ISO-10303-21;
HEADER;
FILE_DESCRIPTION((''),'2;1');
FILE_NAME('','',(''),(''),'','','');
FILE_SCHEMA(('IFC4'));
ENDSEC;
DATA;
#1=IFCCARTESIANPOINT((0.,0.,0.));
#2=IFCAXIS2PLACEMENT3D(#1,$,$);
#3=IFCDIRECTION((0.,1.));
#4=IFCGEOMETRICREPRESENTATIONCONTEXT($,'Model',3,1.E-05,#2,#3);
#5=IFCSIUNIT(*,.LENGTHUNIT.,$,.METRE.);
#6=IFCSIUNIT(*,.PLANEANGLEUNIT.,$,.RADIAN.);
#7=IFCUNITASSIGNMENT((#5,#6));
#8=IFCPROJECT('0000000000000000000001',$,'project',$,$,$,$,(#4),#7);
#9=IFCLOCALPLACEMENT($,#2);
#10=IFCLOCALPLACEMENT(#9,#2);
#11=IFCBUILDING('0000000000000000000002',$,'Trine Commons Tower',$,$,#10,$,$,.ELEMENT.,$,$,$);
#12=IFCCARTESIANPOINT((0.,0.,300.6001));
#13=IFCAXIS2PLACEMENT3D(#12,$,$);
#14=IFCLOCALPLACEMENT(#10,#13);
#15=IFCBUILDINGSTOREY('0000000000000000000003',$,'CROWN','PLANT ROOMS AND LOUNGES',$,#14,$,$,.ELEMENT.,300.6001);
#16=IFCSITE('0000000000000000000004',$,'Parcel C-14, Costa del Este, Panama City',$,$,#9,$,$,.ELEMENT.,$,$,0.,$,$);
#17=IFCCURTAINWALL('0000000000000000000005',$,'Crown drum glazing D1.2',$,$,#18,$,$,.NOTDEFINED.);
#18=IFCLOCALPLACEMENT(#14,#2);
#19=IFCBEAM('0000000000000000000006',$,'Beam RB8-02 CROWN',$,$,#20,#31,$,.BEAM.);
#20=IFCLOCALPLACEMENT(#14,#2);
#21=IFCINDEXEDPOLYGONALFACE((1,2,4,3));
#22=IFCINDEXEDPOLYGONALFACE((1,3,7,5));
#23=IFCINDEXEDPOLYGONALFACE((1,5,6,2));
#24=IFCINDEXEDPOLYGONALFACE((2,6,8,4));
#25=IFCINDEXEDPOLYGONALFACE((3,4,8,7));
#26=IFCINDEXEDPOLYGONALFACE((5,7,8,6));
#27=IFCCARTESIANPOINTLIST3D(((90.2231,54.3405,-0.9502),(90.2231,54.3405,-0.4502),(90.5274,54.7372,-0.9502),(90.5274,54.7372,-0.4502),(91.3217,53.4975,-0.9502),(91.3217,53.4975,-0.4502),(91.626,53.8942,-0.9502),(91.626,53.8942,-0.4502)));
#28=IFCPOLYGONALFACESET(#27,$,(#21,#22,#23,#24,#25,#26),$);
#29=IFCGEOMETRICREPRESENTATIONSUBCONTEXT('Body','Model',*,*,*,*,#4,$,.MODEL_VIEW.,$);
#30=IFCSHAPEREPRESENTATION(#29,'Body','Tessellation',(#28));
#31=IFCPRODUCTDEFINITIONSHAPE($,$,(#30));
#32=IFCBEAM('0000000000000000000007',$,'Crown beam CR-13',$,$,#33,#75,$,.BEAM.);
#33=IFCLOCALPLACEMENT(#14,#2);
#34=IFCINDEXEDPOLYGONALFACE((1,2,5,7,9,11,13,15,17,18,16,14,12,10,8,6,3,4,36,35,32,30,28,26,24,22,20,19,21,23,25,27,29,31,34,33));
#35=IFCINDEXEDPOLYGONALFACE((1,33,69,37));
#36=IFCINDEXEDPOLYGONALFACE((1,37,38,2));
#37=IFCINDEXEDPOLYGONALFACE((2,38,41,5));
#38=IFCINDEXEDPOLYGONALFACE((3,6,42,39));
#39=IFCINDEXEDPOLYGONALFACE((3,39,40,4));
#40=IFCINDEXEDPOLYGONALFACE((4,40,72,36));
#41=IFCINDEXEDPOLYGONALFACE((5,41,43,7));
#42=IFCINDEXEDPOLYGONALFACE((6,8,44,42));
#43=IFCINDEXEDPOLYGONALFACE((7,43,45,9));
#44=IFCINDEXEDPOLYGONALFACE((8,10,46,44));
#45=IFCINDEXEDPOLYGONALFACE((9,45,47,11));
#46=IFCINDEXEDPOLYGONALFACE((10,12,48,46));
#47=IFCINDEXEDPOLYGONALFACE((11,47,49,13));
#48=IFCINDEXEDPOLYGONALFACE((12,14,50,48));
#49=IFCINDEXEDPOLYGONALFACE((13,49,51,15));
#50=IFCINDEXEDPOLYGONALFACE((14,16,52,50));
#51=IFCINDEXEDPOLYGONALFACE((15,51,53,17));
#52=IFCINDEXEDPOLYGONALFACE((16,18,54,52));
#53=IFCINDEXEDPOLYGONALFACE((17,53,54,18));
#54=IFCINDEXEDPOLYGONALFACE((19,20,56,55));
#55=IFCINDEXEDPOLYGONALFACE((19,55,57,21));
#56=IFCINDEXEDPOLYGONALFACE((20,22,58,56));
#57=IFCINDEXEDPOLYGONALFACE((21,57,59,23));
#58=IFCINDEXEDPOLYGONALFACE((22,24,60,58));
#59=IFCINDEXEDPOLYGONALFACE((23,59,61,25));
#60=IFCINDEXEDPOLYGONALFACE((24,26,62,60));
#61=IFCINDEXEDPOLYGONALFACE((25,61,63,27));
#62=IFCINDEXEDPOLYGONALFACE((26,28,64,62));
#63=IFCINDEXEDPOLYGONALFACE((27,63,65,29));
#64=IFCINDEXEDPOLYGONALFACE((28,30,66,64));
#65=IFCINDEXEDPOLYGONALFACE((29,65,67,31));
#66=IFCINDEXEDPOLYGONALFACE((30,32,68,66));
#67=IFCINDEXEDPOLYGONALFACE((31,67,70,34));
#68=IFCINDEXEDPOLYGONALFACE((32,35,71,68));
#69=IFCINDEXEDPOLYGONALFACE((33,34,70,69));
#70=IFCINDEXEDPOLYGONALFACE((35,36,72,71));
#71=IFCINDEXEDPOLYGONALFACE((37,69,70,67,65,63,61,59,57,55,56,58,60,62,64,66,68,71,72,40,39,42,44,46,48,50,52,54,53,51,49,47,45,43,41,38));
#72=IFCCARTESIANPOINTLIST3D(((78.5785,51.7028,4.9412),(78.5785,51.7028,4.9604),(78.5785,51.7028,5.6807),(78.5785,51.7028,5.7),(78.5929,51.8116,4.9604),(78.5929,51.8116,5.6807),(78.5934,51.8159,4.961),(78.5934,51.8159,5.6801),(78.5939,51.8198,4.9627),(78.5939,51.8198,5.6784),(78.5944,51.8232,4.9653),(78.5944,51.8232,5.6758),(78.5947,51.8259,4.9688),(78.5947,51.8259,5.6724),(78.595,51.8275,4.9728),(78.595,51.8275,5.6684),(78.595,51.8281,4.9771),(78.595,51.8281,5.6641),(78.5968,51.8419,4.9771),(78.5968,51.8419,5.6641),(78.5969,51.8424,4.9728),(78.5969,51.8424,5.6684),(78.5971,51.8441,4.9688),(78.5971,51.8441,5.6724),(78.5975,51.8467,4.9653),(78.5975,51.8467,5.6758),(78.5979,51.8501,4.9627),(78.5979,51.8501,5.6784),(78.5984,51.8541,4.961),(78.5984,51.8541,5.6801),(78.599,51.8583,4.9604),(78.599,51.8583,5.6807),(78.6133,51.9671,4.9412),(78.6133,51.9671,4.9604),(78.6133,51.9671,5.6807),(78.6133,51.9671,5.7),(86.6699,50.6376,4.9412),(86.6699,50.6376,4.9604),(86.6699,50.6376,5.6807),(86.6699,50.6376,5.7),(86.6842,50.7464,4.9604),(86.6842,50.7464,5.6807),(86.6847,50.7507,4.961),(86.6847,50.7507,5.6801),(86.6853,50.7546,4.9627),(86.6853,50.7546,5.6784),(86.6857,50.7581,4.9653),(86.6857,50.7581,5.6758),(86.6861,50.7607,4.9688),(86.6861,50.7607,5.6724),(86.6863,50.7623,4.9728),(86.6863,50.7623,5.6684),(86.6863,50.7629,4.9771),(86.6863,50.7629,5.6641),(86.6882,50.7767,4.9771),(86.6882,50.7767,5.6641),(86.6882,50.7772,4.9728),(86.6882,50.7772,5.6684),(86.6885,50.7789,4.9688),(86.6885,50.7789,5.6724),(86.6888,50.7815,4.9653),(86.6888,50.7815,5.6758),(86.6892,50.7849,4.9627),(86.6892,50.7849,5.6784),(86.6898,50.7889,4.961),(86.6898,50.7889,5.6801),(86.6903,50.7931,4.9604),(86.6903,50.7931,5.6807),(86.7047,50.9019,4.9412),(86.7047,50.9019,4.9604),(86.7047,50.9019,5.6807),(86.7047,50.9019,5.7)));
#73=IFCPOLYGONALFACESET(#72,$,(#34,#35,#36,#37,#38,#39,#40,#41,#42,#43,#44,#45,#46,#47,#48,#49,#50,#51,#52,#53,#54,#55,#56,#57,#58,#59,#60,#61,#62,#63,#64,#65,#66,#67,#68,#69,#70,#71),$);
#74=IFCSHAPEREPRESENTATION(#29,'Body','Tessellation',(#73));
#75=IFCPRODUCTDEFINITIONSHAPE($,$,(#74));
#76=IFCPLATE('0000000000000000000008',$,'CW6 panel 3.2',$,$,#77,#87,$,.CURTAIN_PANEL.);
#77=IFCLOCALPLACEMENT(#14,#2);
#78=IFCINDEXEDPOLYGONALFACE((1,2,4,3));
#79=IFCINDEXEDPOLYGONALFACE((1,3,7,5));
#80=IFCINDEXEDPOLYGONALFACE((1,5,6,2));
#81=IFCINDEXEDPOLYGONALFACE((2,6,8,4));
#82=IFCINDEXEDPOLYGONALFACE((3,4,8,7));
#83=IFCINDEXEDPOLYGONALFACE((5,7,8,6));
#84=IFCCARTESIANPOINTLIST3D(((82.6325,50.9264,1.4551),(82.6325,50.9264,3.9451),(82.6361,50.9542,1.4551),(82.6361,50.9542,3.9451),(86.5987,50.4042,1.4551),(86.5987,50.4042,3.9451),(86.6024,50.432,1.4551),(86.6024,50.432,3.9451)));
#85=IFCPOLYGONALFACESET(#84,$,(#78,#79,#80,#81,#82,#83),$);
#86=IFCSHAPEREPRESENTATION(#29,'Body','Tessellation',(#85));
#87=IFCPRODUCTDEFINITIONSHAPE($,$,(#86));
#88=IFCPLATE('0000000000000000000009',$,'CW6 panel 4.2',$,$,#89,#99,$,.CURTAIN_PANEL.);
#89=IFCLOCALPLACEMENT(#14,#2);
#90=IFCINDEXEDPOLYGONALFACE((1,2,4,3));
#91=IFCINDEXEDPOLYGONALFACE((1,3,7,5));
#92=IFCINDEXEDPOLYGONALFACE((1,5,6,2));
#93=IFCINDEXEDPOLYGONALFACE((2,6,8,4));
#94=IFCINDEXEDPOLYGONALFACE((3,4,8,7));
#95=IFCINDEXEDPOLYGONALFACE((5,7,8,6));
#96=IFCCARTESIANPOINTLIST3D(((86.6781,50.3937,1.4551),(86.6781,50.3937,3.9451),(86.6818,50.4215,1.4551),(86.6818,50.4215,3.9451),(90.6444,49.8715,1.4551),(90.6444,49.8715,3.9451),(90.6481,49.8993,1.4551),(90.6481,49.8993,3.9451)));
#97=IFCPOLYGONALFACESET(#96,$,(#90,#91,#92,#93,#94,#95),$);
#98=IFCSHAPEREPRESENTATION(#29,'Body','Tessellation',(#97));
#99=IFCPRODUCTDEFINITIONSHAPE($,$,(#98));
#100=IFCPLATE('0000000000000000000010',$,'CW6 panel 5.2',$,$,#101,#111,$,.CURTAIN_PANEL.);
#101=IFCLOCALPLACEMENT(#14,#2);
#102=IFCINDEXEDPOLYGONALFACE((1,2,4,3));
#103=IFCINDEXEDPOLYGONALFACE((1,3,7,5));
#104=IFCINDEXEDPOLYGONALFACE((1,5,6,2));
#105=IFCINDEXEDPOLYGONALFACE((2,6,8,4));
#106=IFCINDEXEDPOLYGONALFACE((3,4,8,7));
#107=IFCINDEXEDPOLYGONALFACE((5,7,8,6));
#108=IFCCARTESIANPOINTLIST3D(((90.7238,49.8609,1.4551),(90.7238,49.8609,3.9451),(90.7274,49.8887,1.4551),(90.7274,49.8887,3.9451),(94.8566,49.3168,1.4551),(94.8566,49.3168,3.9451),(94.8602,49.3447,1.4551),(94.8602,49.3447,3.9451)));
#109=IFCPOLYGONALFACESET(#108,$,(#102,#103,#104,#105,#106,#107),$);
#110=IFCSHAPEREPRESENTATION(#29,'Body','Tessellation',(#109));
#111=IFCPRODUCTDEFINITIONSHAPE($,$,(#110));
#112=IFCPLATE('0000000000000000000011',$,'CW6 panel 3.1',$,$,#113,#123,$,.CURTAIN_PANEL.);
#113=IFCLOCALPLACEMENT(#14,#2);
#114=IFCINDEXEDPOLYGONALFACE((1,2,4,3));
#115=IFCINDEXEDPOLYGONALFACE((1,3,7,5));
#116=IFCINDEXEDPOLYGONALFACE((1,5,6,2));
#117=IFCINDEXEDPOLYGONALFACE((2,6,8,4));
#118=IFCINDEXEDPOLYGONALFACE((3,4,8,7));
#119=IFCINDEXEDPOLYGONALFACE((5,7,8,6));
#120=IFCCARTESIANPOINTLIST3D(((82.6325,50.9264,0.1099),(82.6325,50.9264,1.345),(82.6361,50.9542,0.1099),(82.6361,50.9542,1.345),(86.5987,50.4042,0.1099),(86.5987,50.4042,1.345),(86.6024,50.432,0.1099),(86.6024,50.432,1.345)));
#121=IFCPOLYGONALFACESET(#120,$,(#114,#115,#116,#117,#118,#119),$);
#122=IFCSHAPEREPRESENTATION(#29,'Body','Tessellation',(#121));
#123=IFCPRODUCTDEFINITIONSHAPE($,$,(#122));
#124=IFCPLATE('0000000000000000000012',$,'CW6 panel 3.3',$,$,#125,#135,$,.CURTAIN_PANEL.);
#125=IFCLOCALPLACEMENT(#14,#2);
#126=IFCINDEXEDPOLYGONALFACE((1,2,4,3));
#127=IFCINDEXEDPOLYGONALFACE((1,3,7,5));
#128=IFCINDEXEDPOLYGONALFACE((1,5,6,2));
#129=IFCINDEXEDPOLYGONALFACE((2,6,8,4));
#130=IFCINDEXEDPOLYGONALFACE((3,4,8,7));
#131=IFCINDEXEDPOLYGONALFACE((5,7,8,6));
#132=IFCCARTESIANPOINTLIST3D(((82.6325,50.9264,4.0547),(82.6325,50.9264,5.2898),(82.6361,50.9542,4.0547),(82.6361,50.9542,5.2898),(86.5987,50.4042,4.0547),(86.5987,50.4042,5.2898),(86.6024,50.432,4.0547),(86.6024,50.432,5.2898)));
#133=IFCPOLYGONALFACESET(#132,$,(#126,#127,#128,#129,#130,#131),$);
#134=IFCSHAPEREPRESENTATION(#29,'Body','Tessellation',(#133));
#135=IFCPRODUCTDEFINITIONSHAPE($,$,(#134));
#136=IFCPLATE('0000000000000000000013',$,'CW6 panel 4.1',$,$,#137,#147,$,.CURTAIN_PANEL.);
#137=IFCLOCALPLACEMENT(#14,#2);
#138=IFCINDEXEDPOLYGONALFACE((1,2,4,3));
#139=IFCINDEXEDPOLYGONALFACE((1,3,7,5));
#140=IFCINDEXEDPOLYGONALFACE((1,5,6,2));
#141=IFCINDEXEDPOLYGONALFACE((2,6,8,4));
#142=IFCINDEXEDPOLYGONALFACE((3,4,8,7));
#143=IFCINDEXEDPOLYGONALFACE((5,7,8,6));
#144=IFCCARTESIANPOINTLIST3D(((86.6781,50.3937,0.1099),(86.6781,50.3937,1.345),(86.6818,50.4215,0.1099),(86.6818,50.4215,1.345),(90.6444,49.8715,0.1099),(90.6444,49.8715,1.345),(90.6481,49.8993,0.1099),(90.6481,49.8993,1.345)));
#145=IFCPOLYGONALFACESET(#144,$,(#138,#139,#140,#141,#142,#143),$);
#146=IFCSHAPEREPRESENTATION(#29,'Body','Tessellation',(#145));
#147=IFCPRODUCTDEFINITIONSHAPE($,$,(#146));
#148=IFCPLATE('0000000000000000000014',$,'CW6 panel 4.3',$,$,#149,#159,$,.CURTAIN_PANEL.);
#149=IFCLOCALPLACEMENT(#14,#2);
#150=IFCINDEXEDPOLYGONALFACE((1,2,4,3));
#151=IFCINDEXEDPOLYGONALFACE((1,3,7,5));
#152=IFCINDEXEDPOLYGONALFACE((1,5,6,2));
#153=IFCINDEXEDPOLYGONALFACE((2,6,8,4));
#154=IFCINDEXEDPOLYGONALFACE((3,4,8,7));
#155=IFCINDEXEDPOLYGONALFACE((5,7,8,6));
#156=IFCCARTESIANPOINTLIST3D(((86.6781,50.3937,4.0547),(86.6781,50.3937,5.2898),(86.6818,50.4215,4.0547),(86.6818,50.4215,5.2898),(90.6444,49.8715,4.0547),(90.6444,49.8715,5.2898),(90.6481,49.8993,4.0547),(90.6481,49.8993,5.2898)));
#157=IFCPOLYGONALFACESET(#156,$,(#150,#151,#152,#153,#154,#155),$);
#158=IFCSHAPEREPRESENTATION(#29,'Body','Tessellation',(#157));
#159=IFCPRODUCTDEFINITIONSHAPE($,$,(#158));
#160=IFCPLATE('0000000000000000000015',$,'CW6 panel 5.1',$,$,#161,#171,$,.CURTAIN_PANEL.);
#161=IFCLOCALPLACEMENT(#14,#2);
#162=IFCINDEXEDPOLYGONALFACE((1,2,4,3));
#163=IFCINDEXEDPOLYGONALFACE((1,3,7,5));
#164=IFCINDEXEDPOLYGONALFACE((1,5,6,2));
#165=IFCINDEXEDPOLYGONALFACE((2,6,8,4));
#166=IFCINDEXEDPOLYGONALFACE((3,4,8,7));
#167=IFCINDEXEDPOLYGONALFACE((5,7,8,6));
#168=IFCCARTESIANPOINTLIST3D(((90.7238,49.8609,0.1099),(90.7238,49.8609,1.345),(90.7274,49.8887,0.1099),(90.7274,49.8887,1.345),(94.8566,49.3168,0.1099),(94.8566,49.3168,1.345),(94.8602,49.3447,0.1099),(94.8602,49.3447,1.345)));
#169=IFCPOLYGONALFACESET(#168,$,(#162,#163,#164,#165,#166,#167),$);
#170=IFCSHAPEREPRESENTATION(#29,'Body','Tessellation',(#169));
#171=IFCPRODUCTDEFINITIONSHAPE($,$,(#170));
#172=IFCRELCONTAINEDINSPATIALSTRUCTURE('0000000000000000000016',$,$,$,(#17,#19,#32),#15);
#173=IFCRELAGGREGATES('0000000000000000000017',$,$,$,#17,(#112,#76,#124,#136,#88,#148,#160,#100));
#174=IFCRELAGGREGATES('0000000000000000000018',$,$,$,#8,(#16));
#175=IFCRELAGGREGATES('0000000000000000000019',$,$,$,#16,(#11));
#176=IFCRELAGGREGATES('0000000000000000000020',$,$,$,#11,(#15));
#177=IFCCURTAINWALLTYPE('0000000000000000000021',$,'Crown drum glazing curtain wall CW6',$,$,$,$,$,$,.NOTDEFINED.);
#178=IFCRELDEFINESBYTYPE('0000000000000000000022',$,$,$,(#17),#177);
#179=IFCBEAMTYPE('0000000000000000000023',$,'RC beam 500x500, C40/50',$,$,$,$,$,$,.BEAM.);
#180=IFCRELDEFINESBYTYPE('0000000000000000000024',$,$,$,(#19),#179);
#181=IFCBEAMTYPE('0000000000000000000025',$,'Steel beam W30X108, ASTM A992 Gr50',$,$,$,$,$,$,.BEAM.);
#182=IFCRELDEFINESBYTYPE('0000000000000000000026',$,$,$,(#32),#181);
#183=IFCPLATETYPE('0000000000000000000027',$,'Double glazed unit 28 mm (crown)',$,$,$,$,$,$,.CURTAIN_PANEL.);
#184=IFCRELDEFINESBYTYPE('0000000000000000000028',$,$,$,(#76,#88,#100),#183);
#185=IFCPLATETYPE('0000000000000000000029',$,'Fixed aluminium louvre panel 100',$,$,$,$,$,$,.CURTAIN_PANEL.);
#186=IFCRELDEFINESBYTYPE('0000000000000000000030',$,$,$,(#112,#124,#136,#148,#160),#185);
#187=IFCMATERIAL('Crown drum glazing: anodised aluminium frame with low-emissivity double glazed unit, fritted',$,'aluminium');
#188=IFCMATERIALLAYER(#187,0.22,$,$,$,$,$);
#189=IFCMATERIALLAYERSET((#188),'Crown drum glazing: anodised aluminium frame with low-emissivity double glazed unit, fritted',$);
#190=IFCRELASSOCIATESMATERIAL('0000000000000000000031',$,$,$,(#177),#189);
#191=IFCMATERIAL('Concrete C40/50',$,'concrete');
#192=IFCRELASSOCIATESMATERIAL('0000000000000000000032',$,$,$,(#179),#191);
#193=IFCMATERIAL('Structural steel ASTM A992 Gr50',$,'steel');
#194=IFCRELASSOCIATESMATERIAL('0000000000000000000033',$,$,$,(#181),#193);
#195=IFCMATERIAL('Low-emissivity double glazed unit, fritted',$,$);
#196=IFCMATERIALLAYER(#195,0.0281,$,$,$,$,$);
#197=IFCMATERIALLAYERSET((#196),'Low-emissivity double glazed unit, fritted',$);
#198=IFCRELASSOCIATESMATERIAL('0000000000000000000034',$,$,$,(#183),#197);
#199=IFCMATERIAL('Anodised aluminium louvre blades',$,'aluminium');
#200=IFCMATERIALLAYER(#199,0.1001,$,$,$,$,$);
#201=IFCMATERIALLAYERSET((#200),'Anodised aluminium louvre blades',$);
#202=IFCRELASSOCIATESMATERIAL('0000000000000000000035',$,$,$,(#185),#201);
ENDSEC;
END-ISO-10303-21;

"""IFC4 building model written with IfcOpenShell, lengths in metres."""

from ifc_helpers import new_model, si_unit, direction, frame, origin, origin_2d, place, context, subcontext, project, spatial, rectangle, i_section, extrude, material, layer, layer_set, material_profile, profile_set, type_object, element, aggregate, save


model = new_model("IFC4")

# Units and contexts
model_context = context("Model", 3, precision=1e-05, world=origin(), true_north=direction((0.0, 1.0)))
body_context = subcontext(model_context, "Body", "Model", "MODEL_VIEW")
ifc_project = project(units=[si_unit("LENGTHUNIT", "METRE"), si_unit("PLANEANGLEUNIT", "RADIAN")], contexts=[model_context])

# Site, building, storey
site_placement = place(None, origin())
site = spatial("IfcSite", under=ifc_project, at=site_placement, Name="Parcel C-14, Costa del Este, Panama City", CompositionType="ELEMENT", RefElevation=0.0)
building_placement = place(site_placement, origin())
building = spatial("IfcBuilding", under=site, at=building_placement, Name="Trine Commons Tower", CompositionType="ELEMENT")
storey_placement = place(building_placement, frame((0.0, 0.0, 300.6001)))
storey = spatial("IfcBuildingStorey", under=building, at=storey_placement, Name="CROWN", Description="PLANT ROOMS AND LOUNGES", CompositionType="ELEMENT", Elevation=300.6001)

# Shared definitions
ifc_material_1 = material(Name="Structural steel ASTM A992 Gr50", Category="steel")

# Curtain wall
ifc_material_2 = material(Name="Crown drum glazing: anodised aluminium frame with low-emissivity double glazed unit, fritted", Category="aluminium")
ifc_layer_1 = layer(ifc_material_2, 0.22)
ifc_layer_set_1 = layer_set([ifc_layer_1], Name="Crown drum glazing: anodised aluminium frame with low-emissivity double glazed unit, fritted")
curtain_wall_type = type_object("IfcCurtainWallType", Name="Crown drum glazing curtain wall CW6", PredefinedType="NOTDEFINED", material=ifc_layer_set_1)
curtain_wall_placement = place(storey_placement, origin())
curtain_wall = element("IfcCurtainWall", 1, at=curtain_wall_placement, inside=storey, type_object=curtain_wall_type, Name="Crown drum glazing D1.2", PredefinedType="NOTDEFINED")

# Beams
ifc_material_3 = material(Name="Concrete C40/50", Category="concrete")
ifc_material_profile_1 = material_profile(ifc_material_3, rectangle(XDim=0.5, YDim=0.5, at=origin_2d()), Name="RC 500x500")
ifc_profile_set_1 = profile_set([ifc_material_profile_1], Name="Concrete C40/50")
beam_type_1 = type_object("IfcBeamType", Name="RC beam 500x500, C40/50", PredefinedType="BEAM", material=ifc_profile_set_1)
beam_1_placement = place(storey_placement, frame((90.3752, 54.5388, -0.7002), z_axis=(0.793351, -0.608765, 0.0), x_axis=(0.608765, 0.793351, 0.0)))
element("IfcBeam", 2, at=beam_1_placement, inside=storey, type_object=beam_type_1, Name="Beam RB8-02 CROWN", PredefinedType="BEAM", context=body_context, shape_type="SweptSolid", body=[
    extrude(rectangle(XDim=0.5, YDim=0.5, at=origin_2d()), origin(), (0.0, 0.0, 1.0), 1.3848),
])
ifc_material_profile_2 = material_profile(ifc_material_1, i_section(OverallWidth=0.2666, OverallDepth=0.7588, WebThickness=0.0139, FlangeThickness=0.0193, FilletRadius=0.0166, at=origin_2d()), Name="W30X108")
ifc_profile_set_2 = profile_set([ifc_material_profile_2], Name="Structural steel ASTM A992 Gr50")
beam_type_2 = type_object("IfcBeamType", Name="Steel beam W30X108, ASTM A992 Gr50", PredefinedType="BEAM", material=ifc_profile_set_2)
beam_2_placement = place(storey_placement, frame((86.6873, 50.7698, 5.3206), z_axis=(-0.991446, 0.13052, 0.0), x_axis=(-0.13052, -0.991446, 0.0)))
element("IfcBeam", 3, at=beam_2_placement, inside=storey, type_object=beam_type_2, Name="Crown beam CR-13", PredefinedType="BEAM", context=body_context, shape_type="SweptSolid", body=[
    extrude(i_section(OverallWidth=0.2666, OverallDepth=0.7588, WebThickness=0.0139, FlangeThickness=0.0193, FilletRadius=0.0166, at=origin_2d()), origin(), (0.0, 0.0, 1.0), 8.1611),
])

# Plates
ifc_material_4 = material(Name="Low-emissivity double glazed unit, fritted")
ifc_layer_2 = layer(ifc_material_4, 0.0281)
ifc_layer_set_2 = layer_set([ifc_layer_2], Name="Low-emissivity double glazed unit, fritted")
plate_type_1 = type_object("IfcPlateType", Name="Double glazed unit 28 mm (crown)", PredefinedType="CURTAIN_PANEL", material=ifc_layer_set_2)
plate_1_placement = place(storey_placement, frame((84.6174, 50.6792, 1.4551), z_axis=(0.0, 0.0, 1.0), x_axis=(0.991445, -0.130526, 0.0)))
plate_1 = element("IfcPlate", 4, at=plate_1_placement, type_object=plate_type_1, Name="CW6 panel 3.2", PredefinedType="CURTAIN_PANEL", context=body_context, shape_type="SweptSolid", body=[
    extrude(rectangle(XDim=4.0005, YDim=0.0281, at=origin_2d()), origin(), (0.0, 0.0, 1.0), 2.49),
])
plate_2_placement = place(storey_placement, frame((88.6631, 50.1465, 1.4551), z_axis=(0.0, 0.0, 1.0), x_axis=(0.991445, -0.130526, 0.0)))
plate_2 = element("IfcPlate", 5, at=plate_2_placement, type_object=plate_type_1, Name="CW6 panel 4.2", PredefinedType="CURTAIN_PANEL", context=body_context, shape_type="SweptSolid", body=[
    extrude(rectangle(XDim=4.0005, YDim=0.0281, at=origin_2d()), origin(), (0.0, 0.0, 1.0), 2.49),
])
plate_3_placement = place(storey_placement, frame((92.792, 49.6028, 1.4551), z_axis=(0.0, 0.0, 1.0), x_axis=(0.991445, -0.130526, 0.0)))
plate_3 = element("IfcPlate", 6, at=plate_3_placement, type_object=plate_type_1, Name="CW6 panel 5.2", PredefinedType="CURTAIN_PANEL", context=body_context, shape_type="SweptSolid", body=[
    extrude(rectangle(XDim=4.1685, YDim=0.0281, at=origin_2d()), origin(), (0.0, 0.0, 1.0), 2.49),
])
ifc_material_5 = material(Name="Anodised aluminium louvre blades", Category="aluminium")
ifc_layer_3 = layer(ifc_material_5, 0.1001)
ifc_layer_set_3 = layer_set([ifc_layer_3], Name="Anodised aluminium louvre blades")
plate_type_2 = type_object("IfcPlateType", Name="Fixed aluminium louvre panel 100", PredefinedType="CURTAIN_PANEL", material=ifc_layer_set_3)
plate_4_placement = place(storey_placement, frame((84.6174, 50.6792, 0.1099), z_axis=(0.0, 0.0, 1.0), x_axis=(0.991445, -0.130526, 0.0)))
plate_4 = element("IfcPlate", 7, at=plate_4_placement, type_object=plate_type_2, Name="CW6 panel 3.1", PredefinedType="CURTAIN_PANEL", context=body_context, shape_type="SweptSolid", body=[
    extrude(rectangle(XDim=4.0005, YDim=0.0281, at=origin_2d()), origin(), (0.0, 0.0, 1.0), 1.2351),
])
plate_5_placement = place(storey_placement, frame((84.6174, 50.6792, 4.0547), z_axis=(0.0, 0.0, 1.0), x_axis=(0.991445, -0.130526, 0.0)))
plate_5 = element("IfcPlate", 8, at=plate_5_placement, type_object=plate_type_2, Name="CW6 panel 3.3", PredefinedType="CURTAIN_PANEL", context=body_context, shape_type="SweptSolid", body=[
    extrude(rectangle(XDim=4.0005, YDim=0.0281, at=origin_2d()), origin(), (0.0, 0.0, 1.0), 1.2351),
])
plate_6_placement = place(storey_placement, frame((88.6631, 50.1465, 0.1099), z_axis=(0.0, 0.0, 1.0), x_axis=(0.991445, -0.130526, 0.0)))
plate_6 = element("IfcPlate", 9, at=plate_6_placement, type_object=plate_type_2, Name="CW6 panel 4.1", PredefinedType="CURTAIN_PANEL", context=body_context, shape_type="SweptSolid", body=[
    extrude(rectangle(XDim=4.0005, YDim=0.0281, at=origin_2d()), origin(), (0.0, 0.0, 1.0), 1.2351),
])
plate_7_placement = place(storey_placement, frame((88.6631, 50.1465, 4.0547), z_axis=(0.0, 0.0, 1.0), x_axis=(0.991445, -0.130526, 0.0)))
plate_7 = element("IfcPlate", 10, at=plate_7_placement, type_object=plate_type_2, Name="CW6 panel 4.3", PredefinedType="CURTAIN_PANEL", context=body_context, shape_type="SweptSolid", body=[
    extrude(rectangle(XDim=4.0005, YDim=0.0281, at=origin_2d()), origin(), (0.0, 0.0, 1.0), 1.2351),
])
plate_8_placement = place(storey_placement, frame((92.792, 49.6028, 0.1099), z_axis=(0.0, 0.0, 1.0), x_axis=(0.991445, -0.130526, 0.0)))
plate_8 = element("IfcPlate", 11, at=plate_8_placement, type_object=plate_type_2, Name="CW6 panel 5.1", PredefinedType="CURTAIN_PANEL", context=body_context, shape_type="SweptSolid", body=[
    extrude(rectangle(XDim=4.1685, YDim=0.0281, at=origin_2d()), origin(), (0.0, 0.0, 1.0), 1.2351),
])
aggregate(curtain_wall, [plate_4, plate_1, plate_5, plate_6, plate_2, plate_7, plate_8, plate_3])

save(model, "model.ifc")
